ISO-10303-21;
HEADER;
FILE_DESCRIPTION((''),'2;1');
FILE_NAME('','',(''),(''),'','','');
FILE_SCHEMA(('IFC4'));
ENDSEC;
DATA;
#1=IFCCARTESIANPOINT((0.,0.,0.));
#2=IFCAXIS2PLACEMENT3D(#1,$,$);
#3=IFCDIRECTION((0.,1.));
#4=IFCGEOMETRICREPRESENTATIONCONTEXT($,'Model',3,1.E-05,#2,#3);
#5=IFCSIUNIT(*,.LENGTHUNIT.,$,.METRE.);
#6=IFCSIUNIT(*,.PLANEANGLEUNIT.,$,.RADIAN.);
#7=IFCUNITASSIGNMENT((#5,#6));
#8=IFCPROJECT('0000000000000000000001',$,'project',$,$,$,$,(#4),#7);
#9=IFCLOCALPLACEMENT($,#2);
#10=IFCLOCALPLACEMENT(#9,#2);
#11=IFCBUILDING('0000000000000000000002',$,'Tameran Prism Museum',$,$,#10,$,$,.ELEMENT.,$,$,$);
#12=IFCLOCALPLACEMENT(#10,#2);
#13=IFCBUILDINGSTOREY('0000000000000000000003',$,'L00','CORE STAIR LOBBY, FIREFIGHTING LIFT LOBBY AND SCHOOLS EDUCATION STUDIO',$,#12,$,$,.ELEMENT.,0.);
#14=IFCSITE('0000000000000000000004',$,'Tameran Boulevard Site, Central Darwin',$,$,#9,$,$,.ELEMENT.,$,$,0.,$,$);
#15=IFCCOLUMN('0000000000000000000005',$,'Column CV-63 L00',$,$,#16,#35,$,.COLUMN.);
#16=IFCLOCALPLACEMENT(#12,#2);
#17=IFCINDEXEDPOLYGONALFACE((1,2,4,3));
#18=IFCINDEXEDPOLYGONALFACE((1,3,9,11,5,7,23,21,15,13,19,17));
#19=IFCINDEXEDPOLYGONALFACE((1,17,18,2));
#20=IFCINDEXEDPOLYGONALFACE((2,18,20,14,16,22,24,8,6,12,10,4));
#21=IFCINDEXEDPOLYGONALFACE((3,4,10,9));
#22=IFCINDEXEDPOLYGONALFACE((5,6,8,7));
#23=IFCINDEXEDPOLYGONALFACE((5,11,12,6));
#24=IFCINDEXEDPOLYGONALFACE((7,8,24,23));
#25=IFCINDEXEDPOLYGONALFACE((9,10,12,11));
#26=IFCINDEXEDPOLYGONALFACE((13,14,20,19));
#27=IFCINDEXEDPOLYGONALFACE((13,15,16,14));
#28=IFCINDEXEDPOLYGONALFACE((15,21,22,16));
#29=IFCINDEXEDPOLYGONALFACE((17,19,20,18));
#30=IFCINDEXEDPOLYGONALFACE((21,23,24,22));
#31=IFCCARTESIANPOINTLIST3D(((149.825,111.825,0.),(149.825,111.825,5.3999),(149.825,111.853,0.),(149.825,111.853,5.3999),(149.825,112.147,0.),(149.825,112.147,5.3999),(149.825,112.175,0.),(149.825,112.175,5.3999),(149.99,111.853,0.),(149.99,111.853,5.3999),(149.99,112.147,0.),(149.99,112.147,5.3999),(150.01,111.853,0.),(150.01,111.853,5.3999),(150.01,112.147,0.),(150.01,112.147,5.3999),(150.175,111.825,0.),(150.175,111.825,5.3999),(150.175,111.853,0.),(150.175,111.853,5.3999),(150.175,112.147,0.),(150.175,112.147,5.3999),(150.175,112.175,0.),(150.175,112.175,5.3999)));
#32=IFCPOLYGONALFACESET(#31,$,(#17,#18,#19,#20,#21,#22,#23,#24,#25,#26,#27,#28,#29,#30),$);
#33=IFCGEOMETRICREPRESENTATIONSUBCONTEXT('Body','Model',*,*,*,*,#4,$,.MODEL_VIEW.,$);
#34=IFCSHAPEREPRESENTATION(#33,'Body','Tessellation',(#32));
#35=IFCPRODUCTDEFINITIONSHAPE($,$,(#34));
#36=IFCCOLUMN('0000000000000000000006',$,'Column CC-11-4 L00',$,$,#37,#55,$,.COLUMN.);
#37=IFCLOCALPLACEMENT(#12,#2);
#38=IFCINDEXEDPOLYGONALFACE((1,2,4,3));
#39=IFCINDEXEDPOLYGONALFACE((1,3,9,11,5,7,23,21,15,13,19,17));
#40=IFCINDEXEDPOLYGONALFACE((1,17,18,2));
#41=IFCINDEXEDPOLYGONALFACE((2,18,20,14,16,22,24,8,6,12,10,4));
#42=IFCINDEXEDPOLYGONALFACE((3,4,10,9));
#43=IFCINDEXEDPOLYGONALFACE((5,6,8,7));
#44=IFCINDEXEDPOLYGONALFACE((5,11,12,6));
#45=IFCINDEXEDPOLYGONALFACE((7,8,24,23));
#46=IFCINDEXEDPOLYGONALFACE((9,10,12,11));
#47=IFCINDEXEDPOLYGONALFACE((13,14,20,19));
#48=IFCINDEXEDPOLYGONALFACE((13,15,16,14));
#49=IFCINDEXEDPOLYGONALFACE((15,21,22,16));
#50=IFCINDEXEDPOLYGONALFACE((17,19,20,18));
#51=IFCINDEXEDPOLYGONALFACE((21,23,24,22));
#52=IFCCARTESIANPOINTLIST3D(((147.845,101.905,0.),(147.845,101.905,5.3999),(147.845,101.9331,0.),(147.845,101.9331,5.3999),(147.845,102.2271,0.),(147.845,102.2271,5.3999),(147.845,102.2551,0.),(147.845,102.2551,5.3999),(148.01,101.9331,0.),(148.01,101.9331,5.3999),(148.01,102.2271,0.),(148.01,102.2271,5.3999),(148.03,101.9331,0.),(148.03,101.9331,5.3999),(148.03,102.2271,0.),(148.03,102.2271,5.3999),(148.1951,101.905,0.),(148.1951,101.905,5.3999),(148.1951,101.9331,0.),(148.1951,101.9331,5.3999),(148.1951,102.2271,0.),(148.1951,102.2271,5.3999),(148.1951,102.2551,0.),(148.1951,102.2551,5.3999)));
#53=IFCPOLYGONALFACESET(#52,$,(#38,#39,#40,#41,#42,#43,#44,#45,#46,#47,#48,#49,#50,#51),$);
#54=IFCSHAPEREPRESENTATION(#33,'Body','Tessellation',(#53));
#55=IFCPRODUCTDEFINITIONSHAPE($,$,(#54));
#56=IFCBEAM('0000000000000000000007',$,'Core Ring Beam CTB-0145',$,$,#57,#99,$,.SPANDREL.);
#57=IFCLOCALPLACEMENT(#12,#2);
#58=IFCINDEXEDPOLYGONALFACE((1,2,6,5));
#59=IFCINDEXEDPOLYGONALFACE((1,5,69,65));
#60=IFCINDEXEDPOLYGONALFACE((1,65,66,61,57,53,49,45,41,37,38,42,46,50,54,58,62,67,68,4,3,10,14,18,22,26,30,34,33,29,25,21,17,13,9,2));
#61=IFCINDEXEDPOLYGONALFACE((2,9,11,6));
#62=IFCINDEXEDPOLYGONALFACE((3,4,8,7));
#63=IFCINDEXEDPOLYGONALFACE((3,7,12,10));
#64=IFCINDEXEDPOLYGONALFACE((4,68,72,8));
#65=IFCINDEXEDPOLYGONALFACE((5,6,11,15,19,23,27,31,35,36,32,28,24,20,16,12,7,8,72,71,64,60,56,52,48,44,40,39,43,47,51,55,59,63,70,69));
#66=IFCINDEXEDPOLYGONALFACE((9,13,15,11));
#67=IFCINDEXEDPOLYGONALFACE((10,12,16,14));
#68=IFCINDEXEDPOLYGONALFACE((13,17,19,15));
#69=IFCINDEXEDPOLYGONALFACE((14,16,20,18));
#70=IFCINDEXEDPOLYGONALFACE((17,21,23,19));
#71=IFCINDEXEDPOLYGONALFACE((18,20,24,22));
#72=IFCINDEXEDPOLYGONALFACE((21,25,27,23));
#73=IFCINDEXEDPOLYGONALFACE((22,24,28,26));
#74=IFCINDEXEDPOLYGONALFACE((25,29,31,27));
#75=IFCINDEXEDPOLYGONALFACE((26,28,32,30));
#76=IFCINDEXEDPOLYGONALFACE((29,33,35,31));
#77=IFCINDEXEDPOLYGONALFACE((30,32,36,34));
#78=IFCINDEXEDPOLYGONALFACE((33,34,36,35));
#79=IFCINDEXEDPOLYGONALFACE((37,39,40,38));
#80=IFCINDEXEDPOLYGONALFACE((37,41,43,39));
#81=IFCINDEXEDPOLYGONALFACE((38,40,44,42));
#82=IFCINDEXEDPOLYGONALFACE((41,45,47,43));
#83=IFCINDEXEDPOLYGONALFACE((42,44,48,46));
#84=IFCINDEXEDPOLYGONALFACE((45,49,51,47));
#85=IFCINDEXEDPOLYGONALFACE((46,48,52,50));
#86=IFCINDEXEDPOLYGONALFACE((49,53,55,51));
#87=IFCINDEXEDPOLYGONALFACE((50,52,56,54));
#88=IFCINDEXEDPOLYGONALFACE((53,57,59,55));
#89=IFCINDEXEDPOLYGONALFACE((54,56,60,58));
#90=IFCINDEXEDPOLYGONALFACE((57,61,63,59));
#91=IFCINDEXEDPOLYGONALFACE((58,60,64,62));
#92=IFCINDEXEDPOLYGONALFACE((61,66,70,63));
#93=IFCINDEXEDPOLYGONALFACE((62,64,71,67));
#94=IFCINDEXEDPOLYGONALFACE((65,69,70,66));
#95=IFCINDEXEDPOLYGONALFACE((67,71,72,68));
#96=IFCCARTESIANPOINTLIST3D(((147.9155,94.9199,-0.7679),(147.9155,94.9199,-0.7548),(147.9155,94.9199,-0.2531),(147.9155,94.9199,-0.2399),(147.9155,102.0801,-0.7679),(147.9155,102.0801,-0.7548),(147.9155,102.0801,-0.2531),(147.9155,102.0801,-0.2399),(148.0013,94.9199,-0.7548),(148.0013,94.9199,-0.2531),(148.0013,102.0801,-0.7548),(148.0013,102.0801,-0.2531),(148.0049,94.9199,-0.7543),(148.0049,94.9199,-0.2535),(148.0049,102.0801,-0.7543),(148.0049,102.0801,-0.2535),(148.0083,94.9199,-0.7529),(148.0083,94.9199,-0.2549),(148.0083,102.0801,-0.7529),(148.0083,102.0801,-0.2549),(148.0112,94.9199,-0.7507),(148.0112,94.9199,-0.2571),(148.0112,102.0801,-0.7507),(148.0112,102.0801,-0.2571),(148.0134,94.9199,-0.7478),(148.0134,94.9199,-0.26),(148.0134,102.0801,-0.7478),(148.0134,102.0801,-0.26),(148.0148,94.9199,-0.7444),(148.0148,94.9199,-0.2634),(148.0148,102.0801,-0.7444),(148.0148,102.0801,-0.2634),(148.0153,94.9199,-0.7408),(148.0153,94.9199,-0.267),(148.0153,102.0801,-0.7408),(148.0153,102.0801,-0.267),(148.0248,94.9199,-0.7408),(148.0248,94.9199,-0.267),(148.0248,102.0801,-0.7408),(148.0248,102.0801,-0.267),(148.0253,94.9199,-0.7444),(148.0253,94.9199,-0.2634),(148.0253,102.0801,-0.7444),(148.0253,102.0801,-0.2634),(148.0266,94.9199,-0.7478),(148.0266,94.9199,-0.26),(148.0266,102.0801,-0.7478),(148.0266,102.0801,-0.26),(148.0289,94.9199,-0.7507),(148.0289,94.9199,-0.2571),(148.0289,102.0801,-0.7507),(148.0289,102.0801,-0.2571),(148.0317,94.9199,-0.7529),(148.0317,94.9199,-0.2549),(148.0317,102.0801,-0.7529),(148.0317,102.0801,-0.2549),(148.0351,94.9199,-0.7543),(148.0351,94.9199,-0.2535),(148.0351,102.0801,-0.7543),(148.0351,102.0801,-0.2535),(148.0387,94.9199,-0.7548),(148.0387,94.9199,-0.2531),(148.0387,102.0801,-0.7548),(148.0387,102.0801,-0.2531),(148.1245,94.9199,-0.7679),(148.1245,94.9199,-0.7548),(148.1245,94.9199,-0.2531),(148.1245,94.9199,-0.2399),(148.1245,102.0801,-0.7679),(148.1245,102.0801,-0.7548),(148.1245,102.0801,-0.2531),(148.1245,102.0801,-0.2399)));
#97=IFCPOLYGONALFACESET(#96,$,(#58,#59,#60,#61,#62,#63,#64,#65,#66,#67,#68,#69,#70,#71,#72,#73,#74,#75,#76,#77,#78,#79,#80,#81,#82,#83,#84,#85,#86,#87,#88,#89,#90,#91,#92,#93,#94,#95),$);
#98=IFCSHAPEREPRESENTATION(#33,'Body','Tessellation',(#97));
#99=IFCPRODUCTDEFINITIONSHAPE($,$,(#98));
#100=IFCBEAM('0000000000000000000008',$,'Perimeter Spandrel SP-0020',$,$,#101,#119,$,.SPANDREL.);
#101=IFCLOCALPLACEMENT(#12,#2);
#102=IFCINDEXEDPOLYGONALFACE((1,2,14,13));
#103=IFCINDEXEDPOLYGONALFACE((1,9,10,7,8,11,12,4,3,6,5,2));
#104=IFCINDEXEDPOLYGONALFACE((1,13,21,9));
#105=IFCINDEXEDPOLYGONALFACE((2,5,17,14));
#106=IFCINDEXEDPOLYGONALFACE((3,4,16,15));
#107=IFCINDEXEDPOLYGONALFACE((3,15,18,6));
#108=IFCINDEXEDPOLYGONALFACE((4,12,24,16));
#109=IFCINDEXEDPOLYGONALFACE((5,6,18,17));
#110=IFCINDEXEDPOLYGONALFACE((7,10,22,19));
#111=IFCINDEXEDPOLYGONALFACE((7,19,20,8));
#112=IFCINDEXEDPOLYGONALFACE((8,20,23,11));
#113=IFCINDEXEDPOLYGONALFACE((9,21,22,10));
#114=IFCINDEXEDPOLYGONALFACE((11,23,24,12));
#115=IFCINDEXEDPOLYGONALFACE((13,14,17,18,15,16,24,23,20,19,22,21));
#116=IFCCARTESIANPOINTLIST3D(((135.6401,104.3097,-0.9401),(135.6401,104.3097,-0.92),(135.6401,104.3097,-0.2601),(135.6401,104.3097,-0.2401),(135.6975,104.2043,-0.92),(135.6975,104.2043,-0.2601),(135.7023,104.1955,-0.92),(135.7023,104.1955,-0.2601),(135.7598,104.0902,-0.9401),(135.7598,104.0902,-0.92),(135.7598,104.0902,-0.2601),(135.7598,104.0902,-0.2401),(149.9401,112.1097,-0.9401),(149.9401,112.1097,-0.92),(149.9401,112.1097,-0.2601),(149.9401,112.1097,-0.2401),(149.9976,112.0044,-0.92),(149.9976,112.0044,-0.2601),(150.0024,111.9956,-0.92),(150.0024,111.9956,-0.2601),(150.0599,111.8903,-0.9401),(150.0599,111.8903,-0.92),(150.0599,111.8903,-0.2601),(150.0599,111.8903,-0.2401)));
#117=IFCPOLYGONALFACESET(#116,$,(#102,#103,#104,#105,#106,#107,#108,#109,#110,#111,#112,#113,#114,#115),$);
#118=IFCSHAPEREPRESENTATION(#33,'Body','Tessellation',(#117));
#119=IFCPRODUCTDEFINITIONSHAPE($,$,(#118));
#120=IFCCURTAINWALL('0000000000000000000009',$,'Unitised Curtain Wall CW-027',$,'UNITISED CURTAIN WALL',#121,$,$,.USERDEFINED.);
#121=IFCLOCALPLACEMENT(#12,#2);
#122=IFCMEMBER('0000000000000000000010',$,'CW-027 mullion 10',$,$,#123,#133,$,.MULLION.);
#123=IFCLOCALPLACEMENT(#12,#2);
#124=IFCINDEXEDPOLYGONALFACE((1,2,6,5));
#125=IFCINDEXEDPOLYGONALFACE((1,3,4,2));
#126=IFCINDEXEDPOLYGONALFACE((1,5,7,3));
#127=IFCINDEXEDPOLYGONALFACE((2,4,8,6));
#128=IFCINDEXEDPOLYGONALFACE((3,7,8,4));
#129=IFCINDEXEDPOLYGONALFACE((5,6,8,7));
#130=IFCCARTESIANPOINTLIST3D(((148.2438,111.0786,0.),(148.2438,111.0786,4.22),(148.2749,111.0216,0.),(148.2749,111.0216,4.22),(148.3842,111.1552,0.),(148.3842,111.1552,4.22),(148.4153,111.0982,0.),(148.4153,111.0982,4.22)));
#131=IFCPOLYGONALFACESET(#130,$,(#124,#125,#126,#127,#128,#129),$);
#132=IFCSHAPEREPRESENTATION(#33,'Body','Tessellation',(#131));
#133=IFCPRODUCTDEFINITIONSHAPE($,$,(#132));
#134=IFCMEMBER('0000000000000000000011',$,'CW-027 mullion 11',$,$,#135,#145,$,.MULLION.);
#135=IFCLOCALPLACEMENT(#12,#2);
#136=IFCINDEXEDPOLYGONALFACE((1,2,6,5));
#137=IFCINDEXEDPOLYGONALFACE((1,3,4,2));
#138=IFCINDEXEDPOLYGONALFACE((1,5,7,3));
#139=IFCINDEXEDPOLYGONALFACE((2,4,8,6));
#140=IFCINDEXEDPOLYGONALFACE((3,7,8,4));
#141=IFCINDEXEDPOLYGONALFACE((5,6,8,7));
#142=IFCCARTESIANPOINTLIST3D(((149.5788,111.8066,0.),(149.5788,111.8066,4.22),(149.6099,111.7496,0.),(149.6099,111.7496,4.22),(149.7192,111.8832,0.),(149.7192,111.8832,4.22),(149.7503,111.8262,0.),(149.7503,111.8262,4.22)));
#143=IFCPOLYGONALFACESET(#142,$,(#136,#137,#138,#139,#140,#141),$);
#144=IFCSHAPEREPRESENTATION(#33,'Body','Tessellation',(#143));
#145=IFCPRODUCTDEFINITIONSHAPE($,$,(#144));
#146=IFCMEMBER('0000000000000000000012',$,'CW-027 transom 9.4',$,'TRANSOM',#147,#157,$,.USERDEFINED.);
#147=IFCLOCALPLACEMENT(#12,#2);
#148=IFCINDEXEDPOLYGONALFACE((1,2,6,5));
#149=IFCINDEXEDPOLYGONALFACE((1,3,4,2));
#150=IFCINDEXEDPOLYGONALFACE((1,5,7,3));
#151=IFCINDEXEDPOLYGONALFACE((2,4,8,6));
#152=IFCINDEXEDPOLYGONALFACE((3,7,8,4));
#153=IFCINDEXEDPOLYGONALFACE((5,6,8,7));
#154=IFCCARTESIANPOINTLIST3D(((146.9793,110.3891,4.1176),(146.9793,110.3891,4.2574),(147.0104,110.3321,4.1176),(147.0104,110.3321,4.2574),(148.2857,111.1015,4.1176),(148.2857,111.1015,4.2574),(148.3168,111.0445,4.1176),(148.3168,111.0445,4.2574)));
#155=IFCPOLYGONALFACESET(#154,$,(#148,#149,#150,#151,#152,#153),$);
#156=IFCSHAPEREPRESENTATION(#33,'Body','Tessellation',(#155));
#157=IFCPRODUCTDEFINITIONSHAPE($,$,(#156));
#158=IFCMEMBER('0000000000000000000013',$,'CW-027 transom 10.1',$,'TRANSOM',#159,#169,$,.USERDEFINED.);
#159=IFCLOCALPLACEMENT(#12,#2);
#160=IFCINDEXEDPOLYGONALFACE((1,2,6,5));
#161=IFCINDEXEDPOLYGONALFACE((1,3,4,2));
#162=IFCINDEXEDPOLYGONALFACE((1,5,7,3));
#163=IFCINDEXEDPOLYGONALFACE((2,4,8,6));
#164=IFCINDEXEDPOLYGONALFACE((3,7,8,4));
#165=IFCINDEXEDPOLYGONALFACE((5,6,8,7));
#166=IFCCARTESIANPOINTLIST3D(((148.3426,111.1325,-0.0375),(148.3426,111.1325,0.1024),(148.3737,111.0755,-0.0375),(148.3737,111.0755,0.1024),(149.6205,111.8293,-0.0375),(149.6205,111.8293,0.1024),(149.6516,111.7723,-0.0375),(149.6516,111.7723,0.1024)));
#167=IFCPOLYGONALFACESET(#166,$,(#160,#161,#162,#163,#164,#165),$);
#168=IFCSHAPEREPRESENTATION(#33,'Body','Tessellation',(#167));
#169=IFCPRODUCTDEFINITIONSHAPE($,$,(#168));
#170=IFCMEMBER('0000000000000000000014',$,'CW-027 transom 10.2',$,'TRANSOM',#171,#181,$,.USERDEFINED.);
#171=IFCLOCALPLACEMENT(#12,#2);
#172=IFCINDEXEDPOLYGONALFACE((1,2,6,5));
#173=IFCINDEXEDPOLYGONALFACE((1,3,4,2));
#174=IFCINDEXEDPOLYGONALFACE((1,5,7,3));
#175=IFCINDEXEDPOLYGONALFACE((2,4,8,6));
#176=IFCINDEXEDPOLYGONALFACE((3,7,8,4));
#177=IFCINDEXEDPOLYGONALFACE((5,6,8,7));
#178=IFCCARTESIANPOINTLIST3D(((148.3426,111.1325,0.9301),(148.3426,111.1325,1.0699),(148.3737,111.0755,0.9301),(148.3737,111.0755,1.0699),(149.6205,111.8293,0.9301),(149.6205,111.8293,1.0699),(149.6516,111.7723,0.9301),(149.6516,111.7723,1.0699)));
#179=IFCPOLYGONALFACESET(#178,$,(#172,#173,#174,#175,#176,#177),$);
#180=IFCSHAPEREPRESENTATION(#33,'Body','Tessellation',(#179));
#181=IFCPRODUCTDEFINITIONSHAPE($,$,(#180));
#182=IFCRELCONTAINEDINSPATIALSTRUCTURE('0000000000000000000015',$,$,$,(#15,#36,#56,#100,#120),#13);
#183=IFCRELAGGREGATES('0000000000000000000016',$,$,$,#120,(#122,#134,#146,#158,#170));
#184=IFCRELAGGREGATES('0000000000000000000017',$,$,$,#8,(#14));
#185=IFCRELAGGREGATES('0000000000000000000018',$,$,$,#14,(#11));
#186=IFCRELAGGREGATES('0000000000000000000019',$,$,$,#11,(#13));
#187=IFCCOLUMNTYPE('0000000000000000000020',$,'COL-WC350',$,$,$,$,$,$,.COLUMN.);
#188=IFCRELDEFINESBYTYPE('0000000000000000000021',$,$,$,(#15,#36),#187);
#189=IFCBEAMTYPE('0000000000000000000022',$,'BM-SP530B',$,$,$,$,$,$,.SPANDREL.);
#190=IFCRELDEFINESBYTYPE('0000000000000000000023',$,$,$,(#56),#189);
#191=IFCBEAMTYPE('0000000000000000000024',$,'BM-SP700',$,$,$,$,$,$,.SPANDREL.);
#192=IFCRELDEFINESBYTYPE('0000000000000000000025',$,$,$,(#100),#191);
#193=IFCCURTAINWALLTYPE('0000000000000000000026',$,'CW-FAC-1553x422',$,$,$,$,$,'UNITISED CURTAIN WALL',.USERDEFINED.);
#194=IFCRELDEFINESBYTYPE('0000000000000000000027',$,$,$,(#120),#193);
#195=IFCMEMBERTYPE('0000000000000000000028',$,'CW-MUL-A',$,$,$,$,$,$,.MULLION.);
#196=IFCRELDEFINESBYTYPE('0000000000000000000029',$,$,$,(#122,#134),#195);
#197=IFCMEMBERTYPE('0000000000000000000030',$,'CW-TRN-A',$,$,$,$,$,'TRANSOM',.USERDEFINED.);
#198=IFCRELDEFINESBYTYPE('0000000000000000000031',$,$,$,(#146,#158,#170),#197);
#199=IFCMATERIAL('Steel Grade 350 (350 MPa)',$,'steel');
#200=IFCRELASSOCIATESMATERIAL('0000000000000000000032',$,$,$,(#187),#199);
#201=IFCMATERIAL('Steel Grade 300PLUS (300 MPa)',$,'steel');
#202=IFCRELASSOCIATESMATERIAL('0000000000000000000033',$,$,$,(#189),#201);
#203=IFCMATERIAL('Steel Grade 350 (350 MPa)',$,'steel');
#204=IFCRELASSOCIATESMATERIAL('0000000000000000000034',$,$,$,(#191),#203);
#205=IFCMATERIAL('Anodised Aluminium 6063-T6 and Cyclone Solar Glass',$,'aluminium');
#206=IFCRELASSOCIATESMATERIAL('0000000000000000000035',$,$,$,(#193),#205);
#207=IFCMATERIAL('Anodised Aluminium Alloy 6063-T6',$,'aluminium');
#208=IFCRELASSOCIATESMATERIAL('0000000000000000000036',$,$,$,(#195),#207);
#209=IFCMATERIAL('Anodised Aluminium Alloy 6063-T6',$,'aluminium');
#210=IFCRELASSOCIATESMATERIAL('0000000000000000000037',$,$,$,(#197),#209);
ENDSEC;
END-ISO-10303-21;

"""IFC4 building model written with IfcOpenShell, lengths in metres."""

from ifc_helpers import new_model, si_unit, direction, frame, origin, origin_2d, place, context, subcontext, project, spatial, rectangle, i_section, extrude, material, material_profile, profile_set, type_object, element, aggregate, save


model = new_model("IFC4")

# Units and contexts
model_context = context("Model", 3, precision=1e-05, world=origin(), true_north=direction((0.0, 1.0)))
body_context = subcontext(model_context, "Body", "Model", "MODEL_VIEW")
ifc_project = project(units=[si_unit("LENGTHUNIT", "METRE"), si_unit("PLANEANGLEUNIT", "RADIAN")], contexts=[model_context])

# Site, building, storey
site_placement = place(None, origin())
site = spatial("IfcSite", under=ifc_project, at=site_placement, Name="Tameran Boulevard Site, Central Darwin", CompositionType="ELEMENT", RefElevation=0.0)
building_placement = place(site_placement, origin())
building = spatial("IfcBuilding", under=site, at=building_placement, Name="Tameran Prism Museum", CompositionType="ELEMENT")
storey_placement = place(building_placement, origin())
storey = spatial("IfcBuildingStorey", under=building, at=storey_placement, Name="L00", Description="CORE STAIR LOBBY, FIREFIGHTING LIFT LOBBY AND SCHOOLS EDUCATION STUDIO", CompositionType="ELEMENT", Elevation=0.0)

# Columns
ifc_material_1 = material(Name="Steel Grade 350 (350 MPa)", Category="steel")
ifc_material_profile_1 = material_profile(ifc_material_1, i_section(OverallWidth=0.3501, OverallDepth=0.3501, WebThickness=0.02, FlangeThickness=0.0281, at=origin_2d()))
ifc_profile_set_1 = profile_set([ifc_material_profile_1])
column_type = type_object("IfcColumnType", Name="COL-WC350", PredefinedType="COLUMN", material=ifc_profile_set_1)
for number, where, z_axis, x_axis, name in (
    (1, (150.0, 112.0, 0.0), (0.0, 0.0, 1.0), (1.0, 0.0, 0.0), "Column CV-63 L00"),
    (2, (148.02, 102.0801, 0.0), (0.0, 0.0, 1.0), (1.0, 0.0, 0.0), "Column CC-11-4 L00"),
):
    element("IfcColumn", number, at=place(storey_placement, frame(where, z_axis=z_axis, x_axis=x_axis)), inside=storey, type_object=column_type, Name=name, PredefinedType="COLUMN", context=body_context, shape_type="SweptSolid", body=[
        extrude(i_section(OverallWidth=0.3501, OverallDepth=0.3501, WebThickness=0.02, FlangeThickness=0.0281, at=origin_2d()), origin(), (0.0, 0.0, 1.0), 5.3999),
    ])

# Beams
ifc_material_2 = material(Name="Steel Grade 300PLUS (300 MPa)", Category="steel")
ifc_material_profile_2 = material_profile(ifc_material_2, i_section(OverallWidth=0.209, OverallDepth=0.5281, WebThickness=0.0095, FlangeThickness=0.0132, FilletRadius=0.0139, at=origin_2d()))
ifc_profile_set_2 = profile_set([ifc_material_profile_2])
beam_type_1 = type_object("IfcBeamType", Name="BM-SP530B", PredefinedType="SPANDREL", material=ifc_profile_set_2)
beam_1_placement = place(storey_placement, frame((148.02, 102.0801, -0.5039), z_axis=(0.0, -1.0, 0.0), x_axis=(1.0, 0.0, 0.0)))
element("IfcBeam", 3, at=beam_1_placement, inside=storey, type_object=beam_type_1, Name="Core Ring Beam CTB-0145", PredefinedType="SPANDREL", context=body_context, shape_type="SweptSolid", body=[
    extrude(i_section(OverallWidth=0.209, OverallDepth=0.5281, WebThickness=0.0095, FlangeThickness=0.0132, FilletRadius=0.0139, at=origin_2d()), origin(), (0.0, 0.0, 1.0), 7.1602),
])
ifc_material_3 = material(Name="Steel Grade 350 (350 MPa)", Category="steel")
ifc_material_profile_3 = material_profile(ifc_material_3, i_section(OverallWidth=0.25, OverallDepth=0.7, WebThickness=0.01, FlangeThickness=0.02, at=origin_2d()))
ifc_profile_set_3 = profile_set([ifc_material_profile_3])
beam_type_2 = type_object("IfcBeamType", Name="BM-SP700", PredefinedType="SPANDREL", material=ifc_profile_set_3)
beam_2_placement = place(storey_placement, frame((150.0, 112.0, -0.5901), z_axis=(-0.877895, -0.478853, 0.0), x_axis=(0.478853, -0.877895, 0.0)))
element("IfcBeam", 4, at=beam_2_placement, inside=storey, type_object=beam_type_2, Name="Perimeter Spandrel SP-0020", PredefinedType="SPANDREL", context=body_context, shape_type="SweptSolid", body=[
    extrude(i_section(OverallWidth=0.25, OverallDepth=0.7, WebThickness=0.01, FlangeThickness=0.02, at=origin_2d()), origin(), (0.0, 0.0, 1.0), 16.2891),
])

# Curtain wall, members
ifc_material_4 = material(Name="Anodised Aluminium 6063-T6 and Cyclone Solar Glass", Category="aluminium")
curtain_wall_type = type_object("IfcCurtainWallType", Name="CW-FAC-1553x422", ElementType="UNITISED CURTAIN WALL", PredefinedType="USERDEFINED", material=ifc_material_4)
curtain_wall_placement = place(storey_placement, origin())
curtain_wall = element("IfcCurtainWall", 5, at=curtain_wall_placement, inside=storey, type_object=curtain_wall_type, Name="Unitised Curtain Wall CW-027", ObjectType="UNITISED CURTAIN WALL", PredefinedType="USERDEFINED")
ifc_material_5 = material(Name="Anodised Aluminium Alloy 6063-T6", Category="aluminium")
ifc_material_profile_4 = material_profile(ifc_material_5, rectangle(XDim=0.0649, YDim=0.1599, at=origin_2d()))
ifc_profile_set_4 = profile_set([ifc_material_profile_4])
member_type_1 = type_object("IfcMemberType", Name="CW-MUL-A", PredefinedType="MULLION", material=ifc_profile_set_4)
member_1_placement = place(storey_placement, frame((148.3296, 111.0884, 0.0), z_axis=(0.0, 0.0, 1.0), x_axis=(-0.478793, 0.877928, 0.0)))
member_1 = element("IfcMember", 6, at=member_1_placement, type_object=member_type_1, Name="CW-027 mullion 10", PredefinedType="MULLION", context=body_context, shape_type="SweptSolid", body=[
    extrude(rectangle(XDim=0.0649, YDim=0.1599, at=origin_2d()), origin(), (0.0, 0.0, 1.0), 4.22),
])
member_2_placement = place(storey_placement, frame((149.6646, 111.8164, 0.0), z_axis=(0.0, 0.0, 1.0), x_axis=(-0.478793, 0.877928, 0.0)))
member_2 = element("IfcMember", 7, at=member_2_placement, type_object=member_type_1, Name="CW-027 mullion 11", PredefinedType="MULLION", context=body_context, shape_type="SweptSolid", body=[
    extrude(rectangle(XDim=0.0649, YDim=0.1599, at=origin_2d()), origin(), (0.0, 0.0, 1.0), 4.22),
])
ifc_material_6 = material(Name="Anodised Aluminium Alloy 6063-T6", Category="aluminium")
ifc_material_profile_5 = material_profile(ifc_material_6, rectangle(XDim=0.0649, YDim=0.1399, at=origin_2d()))
ifc_profile_set_5 = profile_set([ifc_material_profile_5])
member_type_2 = type_object("IfcMemberType", Name="CW-TRN-A", ElementType="TRANSOM", PredefinedType="USERDEFINED", material=ifc_profile_set_5)
member_3_placement = place(storey_placement, frame((146.9949, 110.3606, 4.1875), z_axis=(0.877946, 0.47876, 0.0), x_axis=(-0.47876, 0.877946, 0.0)))
member_3 = element("IfcMember", 8, at=member_3_placement, type_object=member_type_2, Name="CW-027 transom 9.4", ObjectType="TRANSOM", PredefinedType="USERDEFINED", context=body_context, shape_type="SweptSolid", body=[
    extrude(rectangle(XDim=0.0649, YDim=0.1399, at=origin_2d()), origin(), (0.0, 0.0, 1.0), 1.488),
])
member_4_placement = place(storey_placement, frame((148.3582, 111.104, 0.0325), z_axis=(0.87796, 0.478735, 0.0), x_axis=(-0.478735, 0.87796, 0.0)))
member_4 = element("IfcMember", 9, at=member_4_placement, type_object=member_type_2, Name="CW-027 transom 10.1", ObjectType="TRANSOM", PredefinedType="USERDEFINED", context=body_context, shape_type="SweptSolid", body=[
    extrude(rectangle(XDim=0.0649, YDim=0.1399, at=origin_2d()), origin(), (0.0, 0.0, 1.0), 1.4556),
])
member_5_placement = place(storey_placement, frame((148.3582, 111.104, 1.0), z_axis=(0.87796, 0.478735, 0.0), x_axis=(-0.478735, 0.87796, 0.0)))
member_5 = element("IfcMember", 10, at=member_5_placement, type_object=member_type_2, Name="CW-027 transom 10.2", ObjectType="TRANSOM", PredefinedType="USERDEFINED", context=body_context, shape_type="SweptSolid", body=[
    extrude(rectangle(XDim=0.0649, YDim=0.1399, at=origin_2d()), origin(), (0.0, 0.0, 1.0), 1.4556),
])
aggregate(curtain_wall, [member_1, member_2, member_3, member_4, member_5])

save(model, "model.ifc")
